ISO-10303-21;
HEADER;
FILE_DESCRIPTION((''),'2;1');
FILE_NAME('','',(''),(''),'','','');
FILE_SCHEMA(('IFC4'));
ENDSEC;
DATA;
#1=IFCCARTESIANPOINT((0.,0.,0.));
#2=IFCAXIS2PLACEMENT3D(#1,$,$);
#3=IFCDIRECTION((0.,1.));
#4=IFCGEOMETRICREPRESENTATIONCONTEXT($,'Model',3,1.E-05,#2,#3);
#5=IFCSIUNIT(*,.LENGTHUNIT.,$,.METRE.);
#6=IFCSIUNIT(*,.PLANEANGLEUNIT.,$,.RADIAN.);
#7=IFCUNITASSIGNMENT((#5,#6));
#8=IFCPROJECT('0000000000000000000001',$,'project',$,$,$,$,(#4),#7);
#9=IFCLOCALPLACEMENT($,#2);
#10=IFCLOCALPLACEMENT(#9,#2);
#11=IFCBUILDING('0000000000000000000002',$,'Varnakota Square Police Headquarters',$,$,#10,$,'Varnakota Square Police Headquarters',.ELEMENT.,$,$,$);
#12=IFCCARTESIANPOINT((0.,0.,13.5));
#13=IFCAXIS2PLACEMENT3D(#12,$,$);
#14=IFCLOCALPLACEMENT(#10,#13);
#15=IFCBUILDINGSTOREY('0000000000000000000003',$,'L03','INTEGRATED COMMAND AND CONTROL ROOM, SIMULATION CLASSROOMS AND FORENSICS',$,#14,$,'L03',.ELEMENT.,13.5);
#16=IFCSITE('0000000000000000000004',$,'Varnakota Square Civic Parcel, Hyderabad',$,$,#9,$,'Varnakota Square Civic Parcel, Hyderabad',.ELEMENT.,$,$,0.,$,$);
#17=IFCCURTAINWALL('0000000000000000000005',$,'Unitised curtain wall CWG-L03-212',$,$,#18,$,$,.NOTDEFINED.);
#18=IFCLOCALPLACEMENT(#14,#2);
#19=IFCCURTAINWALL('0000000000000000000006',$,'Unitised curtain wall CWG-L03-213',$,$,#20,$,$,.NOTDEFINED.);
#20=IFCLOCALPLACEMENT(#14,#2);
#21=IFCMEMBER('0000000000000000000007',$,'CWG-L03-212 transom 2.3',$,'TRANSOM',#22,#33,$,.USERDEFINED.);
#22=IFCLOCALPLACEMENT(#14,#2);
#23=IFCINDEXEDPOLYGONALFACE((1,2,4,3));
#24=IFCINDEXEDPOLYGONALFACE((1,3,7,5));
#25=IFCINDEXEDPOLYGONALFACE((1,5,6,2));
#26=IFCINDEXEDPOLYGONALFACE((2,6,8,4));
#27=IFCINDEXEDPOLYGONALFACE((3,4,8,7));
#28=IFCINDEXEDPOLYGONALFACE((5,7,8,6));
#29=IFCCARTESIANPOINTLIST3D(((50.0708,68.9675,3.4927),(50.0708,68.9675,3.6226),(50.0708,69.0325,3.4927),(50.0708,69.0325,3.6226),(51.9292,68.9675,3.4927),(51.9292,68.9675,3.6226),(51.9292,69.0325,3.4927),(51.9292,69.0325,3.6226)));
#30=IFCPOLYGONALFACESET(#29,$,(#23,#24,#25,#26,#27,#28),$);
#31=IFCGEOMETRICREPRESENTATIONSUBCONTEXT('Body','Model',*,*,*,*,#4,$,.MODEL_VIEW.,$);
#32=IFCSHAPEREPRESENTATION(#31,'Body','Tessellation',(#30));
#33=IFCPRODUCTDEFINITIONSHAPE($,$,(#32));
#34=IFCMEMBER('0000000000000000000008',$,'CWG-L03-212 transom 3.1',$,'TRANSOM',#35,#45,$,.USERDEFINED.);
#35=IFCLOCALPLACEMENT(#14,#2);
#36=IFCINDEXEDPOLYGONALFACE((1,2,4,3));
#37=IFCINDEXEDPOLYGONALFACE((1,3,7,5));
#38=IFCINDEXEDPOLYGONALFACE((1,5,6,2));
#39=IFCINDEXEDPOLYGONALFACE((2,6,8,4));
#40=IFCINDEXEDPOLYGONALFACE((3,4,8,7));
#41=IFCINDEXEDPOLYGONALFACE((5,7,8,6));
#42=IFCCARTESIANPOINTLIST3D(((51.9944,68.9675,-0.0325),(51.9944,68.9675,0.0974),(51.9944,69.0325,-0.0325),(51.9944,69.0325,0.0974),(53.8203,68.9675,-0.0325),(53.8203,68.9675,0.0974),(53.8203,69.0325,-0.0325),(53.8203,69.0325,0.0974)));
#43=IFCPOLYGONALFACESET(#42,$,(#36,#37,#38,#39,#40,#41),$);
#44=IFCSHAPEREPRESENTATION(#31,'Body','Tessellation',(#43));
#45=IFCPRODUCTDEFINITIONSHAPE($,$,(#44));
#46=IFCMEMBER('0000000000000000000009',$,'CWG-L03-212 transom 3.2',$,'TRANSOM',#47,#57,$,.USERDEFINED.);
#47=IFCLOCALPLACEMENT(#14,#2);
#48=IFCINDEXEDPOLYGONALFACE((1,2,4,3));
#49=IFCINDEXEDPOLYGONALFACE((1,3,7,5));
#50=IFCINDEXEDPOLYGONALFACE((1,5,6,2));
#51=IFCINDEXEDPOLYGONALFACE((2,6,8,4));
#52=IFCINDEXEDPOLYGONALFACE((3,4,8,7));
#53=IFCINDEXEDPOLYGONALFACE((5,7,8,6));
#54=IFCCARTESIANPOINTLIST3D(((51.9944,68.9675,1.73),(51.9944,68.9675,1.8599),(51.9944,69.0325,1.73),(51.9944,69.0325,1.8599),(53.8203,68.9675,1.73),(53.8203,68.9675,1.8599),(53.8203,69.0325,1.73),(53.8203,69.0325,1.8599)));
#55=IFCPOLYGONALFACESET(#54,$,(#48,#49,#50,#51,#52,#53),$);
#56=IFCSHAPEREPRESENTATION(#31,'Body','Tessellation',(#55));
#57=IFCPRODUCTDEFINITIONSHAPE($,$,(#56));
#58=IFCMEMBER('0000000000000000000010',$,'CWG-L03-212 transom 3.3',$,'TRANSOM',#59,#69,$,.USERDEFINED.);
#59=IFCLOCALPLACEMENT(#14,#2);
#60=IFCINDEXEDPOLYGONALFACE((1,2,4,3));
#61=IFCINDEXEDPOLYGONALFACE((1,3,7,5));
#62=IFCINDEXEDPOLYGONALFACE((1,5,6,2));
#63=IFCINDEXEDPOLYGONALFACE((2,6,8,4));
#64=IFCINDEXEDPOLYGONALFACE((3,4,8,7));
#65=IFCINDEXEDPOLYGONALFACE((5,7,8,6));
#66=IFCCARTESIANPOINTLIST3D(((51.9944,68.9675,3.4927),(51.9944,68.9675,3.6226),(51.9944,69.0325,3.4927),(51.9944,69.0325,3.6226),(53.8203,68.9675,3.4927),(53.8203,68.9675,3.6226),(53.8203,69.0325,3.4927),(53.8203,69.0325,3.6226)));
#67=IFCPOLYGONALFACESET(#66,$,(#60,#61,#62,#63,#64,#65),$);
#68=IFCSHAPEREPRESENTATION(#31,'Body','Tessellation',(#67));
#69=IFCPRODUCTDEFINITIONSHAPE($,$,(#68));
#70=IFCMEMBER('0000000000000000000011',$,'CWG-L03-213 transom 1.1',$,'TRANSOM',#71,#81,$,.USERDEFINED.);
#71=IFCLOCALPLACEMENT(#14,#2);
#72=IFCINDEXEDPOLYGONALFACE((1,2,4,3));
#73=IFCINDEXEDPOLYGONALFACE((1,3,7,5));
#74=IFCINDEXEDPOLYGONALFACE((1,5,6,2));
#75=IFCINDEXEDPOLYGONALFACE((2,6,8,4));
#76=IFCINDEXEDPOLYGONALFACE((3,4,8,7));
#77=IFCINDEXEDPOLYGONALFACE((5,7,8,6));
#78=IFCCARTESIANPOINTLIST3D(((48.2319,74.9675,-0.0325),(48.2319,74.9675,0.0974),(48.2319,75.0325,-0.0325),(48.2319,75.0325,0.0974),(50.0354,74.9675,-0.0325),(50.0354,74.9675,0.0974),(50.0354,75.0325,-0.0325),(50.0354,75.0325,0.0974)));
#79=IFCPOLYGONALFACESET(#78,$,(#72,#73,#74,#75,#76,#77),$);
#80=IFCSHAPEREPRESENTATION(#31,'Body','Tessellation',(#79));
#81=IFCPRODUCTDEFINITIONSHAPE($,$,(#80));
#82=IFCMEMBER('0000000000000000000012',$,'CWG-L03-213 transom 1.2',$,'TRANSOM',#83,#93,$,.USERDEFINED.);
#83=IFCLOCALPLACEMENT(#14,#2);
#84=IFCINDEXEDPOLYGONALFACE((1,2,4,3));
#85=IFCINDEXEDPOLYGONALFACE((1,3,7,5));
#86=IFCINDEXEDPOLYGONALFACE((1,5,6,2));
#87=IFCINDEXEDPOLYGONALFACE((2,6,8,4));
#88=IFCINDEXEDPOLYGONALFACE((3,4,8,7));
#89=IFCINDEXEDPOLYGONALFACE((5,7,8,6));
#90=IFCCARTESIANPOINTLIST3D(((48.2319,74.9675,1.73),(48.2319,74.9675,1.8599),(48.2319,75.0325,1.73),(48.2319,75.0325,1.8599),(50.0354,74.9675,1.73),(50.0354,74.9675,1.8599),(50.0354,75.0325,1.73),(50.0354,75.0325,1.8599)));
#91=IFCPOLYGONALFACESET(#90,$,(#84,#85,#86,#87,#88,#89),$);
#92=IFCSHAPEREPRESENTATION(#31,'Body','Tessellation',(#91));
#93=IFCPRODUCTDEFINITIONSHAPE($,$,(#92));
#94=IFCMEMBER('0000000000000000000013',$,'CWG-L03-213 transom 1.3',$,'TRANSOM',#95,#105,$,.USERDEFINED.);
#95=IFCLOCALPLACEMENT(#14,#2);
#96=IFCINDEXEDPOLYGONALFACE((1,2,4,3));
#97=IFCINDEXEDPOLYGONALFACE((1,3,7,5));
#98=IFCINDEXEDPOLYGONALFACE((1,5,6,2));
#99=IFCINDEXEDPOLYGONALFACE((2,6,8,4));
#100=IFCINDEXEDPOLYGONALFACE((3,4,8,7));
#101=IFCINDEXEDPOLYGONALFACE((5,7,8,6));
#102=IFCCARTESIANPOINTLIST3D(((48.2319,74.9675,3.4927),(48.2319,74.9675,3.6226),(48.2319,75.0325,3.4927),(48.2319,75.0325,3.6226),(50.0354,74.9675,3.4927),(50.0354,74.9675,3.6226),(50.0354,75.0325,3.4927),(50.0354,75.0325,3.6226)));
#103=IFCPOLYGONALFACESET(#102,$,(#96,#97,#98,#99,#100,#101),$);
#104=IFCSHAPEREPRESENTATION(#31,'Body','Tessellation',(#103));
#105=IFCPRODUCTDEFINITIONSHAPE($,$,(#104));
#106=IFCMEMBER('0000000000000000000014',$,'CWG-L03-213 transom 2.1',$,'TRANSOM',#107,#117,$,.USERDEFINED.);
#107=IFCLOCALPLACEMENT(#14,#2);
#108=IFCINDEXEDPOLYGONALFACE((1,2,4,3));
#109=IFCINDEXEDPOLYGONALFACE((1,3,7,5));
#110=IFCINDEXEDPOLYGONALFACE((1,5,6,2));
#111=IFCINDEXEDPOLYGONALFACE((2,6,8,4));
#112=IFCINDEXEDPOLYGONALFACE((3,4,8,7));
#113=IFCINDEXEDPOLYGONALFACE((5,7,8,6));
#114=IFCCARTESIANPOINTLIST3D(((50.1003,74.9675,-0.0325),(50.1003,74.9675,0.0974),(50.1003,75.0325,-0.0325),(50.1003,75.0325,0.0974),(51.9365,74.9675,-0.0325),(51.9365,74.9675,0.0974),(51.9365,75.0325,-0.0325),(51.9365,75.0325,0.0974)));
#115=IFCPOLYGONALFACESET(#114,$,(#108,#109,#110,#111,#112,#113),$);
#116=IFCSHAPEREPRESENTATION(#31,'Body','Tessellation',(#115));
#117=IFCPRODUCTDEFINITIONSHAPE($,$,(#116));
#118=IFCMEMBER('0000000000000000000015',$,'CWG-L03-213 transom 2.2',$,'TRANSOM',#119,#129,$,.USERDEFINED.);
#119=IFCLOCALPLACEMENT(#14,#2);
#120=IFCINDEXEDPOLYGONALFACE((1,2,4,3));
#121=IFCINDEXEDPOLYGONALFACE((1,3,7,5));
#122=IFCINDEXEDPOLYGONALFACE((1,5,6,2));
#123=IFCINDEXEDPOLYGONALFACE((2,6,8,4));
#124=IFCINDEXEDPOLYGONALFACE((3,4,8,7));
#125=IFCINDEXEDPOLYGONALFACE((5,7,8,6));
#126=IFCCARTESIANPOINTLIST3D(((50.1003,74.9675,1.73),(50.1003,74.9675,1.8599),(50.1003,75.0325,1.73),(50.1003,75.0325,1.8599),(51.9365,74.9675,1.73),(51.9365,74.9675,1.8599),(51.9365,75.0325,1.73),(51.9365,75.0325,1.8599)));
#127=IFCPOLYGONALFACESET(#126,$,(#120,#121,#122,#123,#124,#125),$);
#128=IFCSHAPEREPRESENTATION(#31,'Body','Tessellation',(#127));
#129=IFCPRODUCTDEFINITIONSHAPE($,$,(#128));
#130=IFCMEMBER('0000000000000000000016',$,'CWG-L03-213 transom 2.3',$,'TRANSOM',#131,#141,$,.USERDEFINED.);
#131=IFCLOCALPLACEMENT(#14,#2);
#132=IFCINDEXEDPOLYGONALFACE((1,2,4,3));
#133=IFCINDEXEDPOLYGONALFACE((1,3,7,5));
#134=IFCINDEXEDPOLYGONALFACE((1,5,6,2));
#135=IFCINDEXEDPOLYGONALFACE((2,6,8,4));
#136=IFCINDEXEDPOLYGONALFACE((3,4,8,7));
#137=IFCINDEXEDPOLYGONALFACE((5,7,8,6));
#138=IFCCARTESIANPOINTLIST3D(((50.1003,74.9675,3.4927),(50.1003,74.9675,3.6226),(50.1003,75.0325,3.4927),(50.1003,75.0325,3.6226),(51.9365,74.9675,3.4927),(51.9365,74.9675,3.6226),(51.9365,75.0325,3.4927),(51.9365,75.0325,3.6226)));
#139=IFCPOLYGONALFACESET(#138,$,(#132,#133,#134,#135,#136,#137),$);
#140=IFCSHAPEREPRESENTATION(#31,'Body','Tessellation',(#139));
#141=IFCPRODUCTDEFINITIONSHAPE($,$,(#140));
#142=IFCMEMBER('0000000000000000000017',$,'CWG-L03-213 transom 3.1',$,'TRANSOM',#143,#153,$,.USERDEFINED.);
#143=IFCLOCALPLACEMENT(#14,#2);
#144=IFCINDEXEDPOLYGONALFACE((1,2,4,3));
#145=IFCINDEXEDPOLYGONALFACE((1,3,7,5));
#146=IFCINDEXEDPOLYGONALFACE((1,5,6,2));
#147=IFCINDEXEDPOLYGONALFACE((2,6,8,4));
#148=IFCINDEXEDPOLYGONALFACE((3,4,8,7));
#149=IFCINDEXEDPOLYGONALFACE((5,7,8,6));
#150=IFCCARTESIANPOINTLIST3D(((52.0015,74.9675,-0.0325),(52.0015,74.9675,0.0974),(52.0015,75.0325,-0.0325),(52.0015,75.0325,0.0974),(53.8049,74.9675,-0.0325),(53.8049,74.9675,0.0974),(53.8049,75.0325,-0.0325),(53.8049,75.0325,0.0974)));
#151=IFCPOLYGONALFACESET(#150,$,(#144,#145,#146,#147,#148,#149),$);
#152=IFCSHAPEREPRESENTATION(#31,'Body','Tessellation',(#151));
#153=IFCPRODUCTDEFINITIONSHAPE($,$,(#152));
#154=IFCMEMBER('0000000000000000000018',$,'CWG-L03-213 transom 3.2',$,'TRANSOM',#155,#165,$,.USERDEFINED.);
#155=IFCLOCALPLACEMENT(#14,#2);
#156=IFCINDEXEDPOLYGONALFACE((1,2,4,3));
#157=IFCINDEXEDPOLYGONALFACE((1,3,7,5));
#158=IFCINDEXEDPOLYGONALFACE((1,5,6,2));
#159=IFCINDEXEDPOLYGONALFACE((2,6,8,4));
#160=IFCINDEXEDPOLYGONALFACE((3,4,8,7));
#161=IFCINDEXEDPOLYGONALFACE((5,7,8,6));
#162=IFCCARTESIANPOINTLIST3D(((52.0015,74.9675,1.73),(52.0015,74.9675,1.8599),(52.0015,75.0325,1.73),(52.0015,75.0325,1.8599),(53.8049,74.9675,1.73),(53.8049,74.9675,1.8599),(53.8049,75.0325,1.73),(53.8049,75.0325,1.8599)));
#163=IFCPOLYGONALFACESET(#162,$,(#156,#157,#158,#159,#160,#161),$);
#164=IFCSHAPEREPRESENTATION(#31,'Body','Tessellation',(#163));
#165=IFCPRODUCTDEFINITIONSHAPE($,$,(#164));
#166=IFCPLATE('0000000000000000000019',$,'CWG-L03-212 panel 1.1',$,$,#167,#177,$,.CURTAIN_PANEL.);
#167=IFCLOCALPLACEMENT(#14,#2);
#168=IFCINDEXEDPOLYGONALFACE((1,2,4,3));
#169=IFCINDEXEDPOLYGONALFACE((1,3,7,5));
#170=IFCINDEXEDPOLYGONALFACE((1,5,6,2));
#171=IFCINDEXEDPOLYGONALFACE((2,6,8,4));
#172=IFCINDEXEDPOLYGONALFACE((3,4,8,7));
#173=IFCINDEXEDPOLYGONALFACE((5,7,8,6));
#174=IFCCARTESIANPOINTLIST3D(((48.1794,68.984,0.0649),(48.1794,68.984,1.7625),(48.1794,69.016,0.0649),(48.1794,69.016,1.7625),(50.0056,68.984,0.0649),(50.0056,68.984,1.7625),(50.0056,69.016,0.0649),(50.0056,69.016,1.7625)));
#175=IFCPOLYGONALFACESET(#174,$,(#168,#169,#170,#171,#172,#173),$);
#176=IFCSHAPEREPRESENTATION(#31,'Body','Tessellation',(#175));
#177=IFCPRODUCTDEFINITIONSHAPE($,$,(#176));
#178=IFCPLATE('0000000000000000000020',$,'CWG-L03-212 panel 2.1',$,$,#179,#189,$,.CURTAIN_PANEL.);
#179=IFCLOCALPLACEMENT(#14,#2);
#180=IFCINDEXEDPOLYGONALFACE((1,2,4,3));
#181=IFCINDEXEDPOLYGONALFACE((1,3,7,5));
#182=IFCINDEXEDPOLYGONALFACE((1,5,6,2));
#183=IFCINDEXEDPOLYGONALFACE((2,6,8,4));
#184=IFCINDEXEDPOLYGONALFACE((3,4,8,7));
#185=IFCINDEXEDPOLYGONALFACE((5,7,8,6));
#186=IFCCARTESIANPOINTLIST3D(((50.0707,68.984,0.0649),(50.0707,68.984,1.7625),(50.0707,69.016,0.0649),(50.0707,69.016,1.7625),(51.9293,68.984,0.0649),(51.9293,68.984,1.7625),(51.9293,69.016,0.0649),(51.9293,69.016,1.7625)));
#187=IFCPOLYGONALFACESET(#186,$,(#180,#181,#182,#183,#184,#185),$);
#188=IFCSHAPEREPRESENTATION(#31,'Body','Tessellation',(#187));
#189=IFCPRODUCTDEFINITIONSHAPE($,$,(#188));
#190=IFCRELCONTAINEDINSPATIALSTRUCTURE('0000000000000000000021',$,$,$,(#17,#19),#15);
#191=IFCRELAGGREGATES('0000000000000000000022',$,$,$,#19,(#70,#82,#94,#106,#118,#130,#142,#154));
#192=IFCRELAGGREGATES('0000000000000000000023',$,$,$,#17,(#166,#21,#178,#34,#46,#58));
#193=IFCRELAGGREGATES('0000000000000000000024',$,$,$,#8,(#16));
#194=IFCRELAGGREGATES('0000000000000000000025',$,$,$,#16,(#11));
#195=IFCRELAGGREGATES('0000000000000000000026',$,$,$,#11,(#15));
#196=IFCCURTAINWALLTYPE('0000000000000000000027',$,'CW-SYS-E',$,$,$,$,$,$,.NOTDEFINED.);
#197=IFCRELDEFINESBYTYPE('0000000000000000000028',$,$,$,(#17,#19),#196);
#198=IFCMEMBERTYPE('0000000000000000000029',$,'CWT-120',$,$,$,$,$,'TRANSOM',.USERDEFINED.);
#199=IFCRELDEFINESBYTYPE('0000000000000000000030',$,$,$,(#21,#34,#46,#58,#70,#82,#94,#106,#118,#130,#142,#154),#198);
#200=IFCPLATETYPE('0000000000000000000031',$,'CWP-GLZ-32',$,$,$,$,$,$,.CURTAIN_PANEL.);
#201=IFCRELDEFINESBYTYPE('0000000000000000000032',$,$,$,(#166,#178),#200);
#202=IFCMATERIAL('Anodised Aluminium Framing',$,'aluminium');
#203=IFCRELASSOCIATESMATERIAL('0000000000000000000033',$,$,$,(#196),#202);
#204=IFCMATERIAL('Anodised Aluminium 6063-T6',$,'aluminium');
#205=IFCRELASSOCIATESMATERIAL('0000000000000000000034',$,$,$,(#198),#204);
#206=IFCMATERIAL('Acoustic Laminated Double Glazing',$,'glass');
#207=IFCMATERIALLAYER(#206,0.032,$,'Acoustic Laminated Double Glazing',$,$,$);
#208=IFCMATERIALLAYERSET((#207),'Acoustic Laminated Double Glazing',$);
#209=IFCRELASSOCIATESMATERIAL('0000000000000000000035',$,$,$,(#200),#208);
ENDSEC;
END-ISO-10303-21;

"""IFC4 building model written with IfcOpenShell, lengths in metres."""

from ifc_helpers import new_model, si_unit, direction, frame, origin, origin_2d, place, context, subcontext, project, spatial, rectangle, extrude, material, layer, layer_set, material_profile, profile_set, type_object, element, aggregate, save


model = new_model("IFC4")

# Units and contexts
model_context = context("Model", 3, precision=1e-05, world=origin(), true_north=direction((0.0, 1.0)))
body_context = subcontext(model_context, "Body", "Model", "MODEL_VIEW")
ifc_project = project(units=[si_unit("LENGTHUNIT", "METRE"), si_unit("PLANEANGLEUNIT", "RADIAN")], contexts=[model_context])

# Site, building, storey
site_placement = place(None, origin())
site = spatial("IfcSite", under=ifc_project, at=site_placement, Name="Varnakota Square Civic Parcel, Hyderabad", LongName="Varnakota Square Civic Parcel, Hyderabad", CompositionType="ELEMENT", RefElevation=0.0)
building_placement = place(site_placement, origin())
building = spatial("IfcBuilding", under=site, at=building_placement, Name="Varnakota Square Police Headquarters", LongName="Varnakota Square Police Headquarters", CompositionType="ELEMENT")
storey_placement = place(building_placement, frame((0.0, 0.0, 13.5)))
storey = spatial("IfcBuildingStorey", under=building, at=storey_placement, Name="L03", Description="INTEGRATED COMMAND AND CONTROL ROOM, SIMULATION CLASSROOMS AND FORENSICS", LongName="L03", CompositionType="ELEMENT", Elevation=13.5)

# Curtain walls
ifc_material_1 = material(Name="Anodised Aluminium Framing", Category="aluminium")
curtain_wall_type = type_object("IfcCurtainWallType", Name="CW-SYS-E", PredefinedType="NOTDEFINED", material=ifc_material_1)
curtain_wall_1_placement = place(storey_placement, origin())
curtain_wall_1 = element("IfcCurtainWall", 1, at=curtain_wall_1_placement, inside=storey, type_object=curtain_wall_type, Name="Unitised curtain wall CWG-L03-212", PredefinedType="NOTDEFINED")
ifc_material_2 = material(Name="Anodised Aluminium 6063-T6", Category="aluminium")
curtain_wall_2_placement = place(storey_placement, origin())
curtain_wall_2 = element("IfcCurtainWall", 2, at=curtain_wall_2_placement, inside=storey, type_object=curtain_wall_type, Name="Unitised curtain wall CWG-L03-213", PredefinedType="NOTDEFINED")

# Members
ifc_material_profile_1 = material_profile(ifc_material_2, rectangle(XDim=0.0649, YDim=0.1299, at=origin_2d()), Name="ALU TRANSOM 65x130")
ifc_profile_set_1 = profile_set([ifc_material_profile_1], Name="Anodised Aluminium 6063-T6")
member_type_1 = type_object("IfcMemberType", Name="CWT-120", ElementType="TRANSOM", PredefinedType="USERDEFINED", material=ifc_profile_set_1)
member_1_placement = place(storey_placement, frame((50.0708, 69.0, 3.5576), z_axis=(1.0, 0.0, 0.0), x_axis=(0.0, 1.0, 0.0)))
member_1 = element("IfcMember", 3, at=member_1_placement, type_object=member_type_1, Name="CWG-L03-212 transom 2.3", ObjectType="TRANSOM", PredefinedType="USERDEFINED", context=body_context, shape_type="SweptSolid", body=[
    extrude(rectangle(XDim=0.0649, YDim=0.1299, at=origin_2d()), origin(), (0.0, 0.0, 1.0), 1.8584),
])
member_2_placement = place(storey_placement, frame((51.9944, 69.0, 0.0325), z_axis=(1.0, 0.0, 0.0), x_axis=(0.0, 1.0, 0.0)))
member_2 = element("IfcMember", 4, at=member_2_placement, type_object=member_type_1, Name="CWG-L03-212 transom 3.1", ObjectType="TRANSOM", PredefinedType="USERDEFINED", context=body_context, shape_type="SweptSolid", body=[
    extrude(rectangle(XDim=0.0649, YDim=0.1299, at=origin_2d()), origin(), (0.0, 0.0, 1.0), 1.8259),
])
member_3_placement = place(storey_placement, frame((51.9944, 69.0, 1.7949), z_axis=(1.0, 0.0, 0.0), x_axis=(0.0, 1.0, 0.0)))
member_3 = element("IfcMember", 5, at=member_3_placement, type_object=member_type_1, Name="CWG-L03-212 transom 3.2", ObjectType="TRANSOM", PredefinedType="USERDEFINED", context=body_context, shape_type="SweptSolid", body=[
    extrude(rectangle(XDim=0.0649, YDim=0.1299, at=origin_2d()), origin(), (0.0, 0.0, 1.0), 1.8259),
])
member_4_placement = place(storey_placement, frame((51.9944, 69.0, 3.5576), z_axis=(1.0, 0.0, 0.0), x_axis=(0.0, 1.0, 0.0)))
member_4 = element("IfcMember", 6, at=member_4_placement, type_object=member_type_1, Name="CWG-L03-212 transom 3.3", ObjectType="TRANSOM", PredefinedType="USERDEFINED", context=body_context, shape_type="SweptSolid", body=[
    extrude(rectangle(XDim=0.0649, YDim=0.1299, at=origin_2d()), origin(), (0.0, 0.0, 1.0), 1.8259),
])
member_5_placement = place(storey_placement, frame((48.2319, 75.0, 0.0325), z_axis=(1.0, 0.0, 0.0), x_axis=(0.0, 1.0, 0.0)))
member_5 = element("IfcMember", 7, at=member_5_placement, type_object=member_type_1, Name="CWG-L03-213 transom 1.1", ObjectType="TRANSOM", PredefinedType="USERDEFINED", context=body_context, shape_type="SweptSolid", body=[
    extrude(rectangle(XDim=0.0649, YDim=0.1299, at=origin_2d()), origin(), (0.0, 0.0, 1.0), 1.8035),
])
member_6_placement = place(storey_placement, frame((48.2319, 75.0, 1.7949), z_axis=(1.0, 0.0, 0.0), x_axis=(0.0, 1.0, 0.0)))
member_6 = element("IfcMember", 8, at=member_6_placement, type_object=member_type_1, Name="CWG-L03-213 transom 1.2", ObjectType="TRANSOM", PredefinedType="USERDEFINED", context=body_context, shape_type="SweptSolid", body=[
    extrude(rectangle(XDim=0.0649, YDim=0.1299, at=origin_2d()), origin(), (0.0, 0.0, 1.0), 1.8035),
])
member_7_placement = place(storey_placement, frame((48.2319, 75.0, 3.5576), z_axis=(1.0, 0.0, 0.0), x_axis=(0.0, 1.0, 0.0)))
member_7 = element("IfcMember", 9, at=member_7_placement, type_object=member_type_1, Name="CWG-L03-213 transom 1.3", ObjectType="TRANSOM", PredefinedType="USERDEFINED", context=body_context, shape_type="SweptSolid", body=[
    extrude(rectangle(XDim=0.0649, YDim=0.1299, at=origin_2d()), origin(), (0.0, 0.0, 1.0), 1.8035),
])
member_8_placement = place(storey_placement, frame((50.1003, 75.0, 0.0325), z_axis=(1.0, 0.0, 0.0), x_axis=(0.0, 1.0, 0.0)))
member_8 = element("IfcMember", 10, at=member_8_placement, type_object=member_type_1, Name="CWG-L03-213 transom 2.1", ObjectType="TRANSOM", PredefinedType="USERDEFINED", context=body_context, shape_type="SweptSolid", body=[
    extrude(rectangle(XDim=0.0649, YDim=0.1299, at=origin_2d()), origin(), (0.0, 0.0, 1.0), 1.8362),
])
member_9_placement = place(storey_placement, frame((50.1003, 75.0, 1.7949), z_axis=(1.0, 0.0, 0.0), x_axis=(0.0, 1.0, 0.0)))
member_9 = element("IfcMember", 11, at=member_9_placement, type_object=member_type_1, Name="CWG-L03-213 transom 2.2", ObjectType="TRANSOM", PredefinedType="USERDEFINED", context=body_context, shape_type="SweptSolid", body=[
    extrude(rectangle(XDim=0.0649, YDim=0.1299, at=origin_2d()), origin(), (0.0, 0.0, 1.0), 1.8362),
])
member_10_placement = place(storey_placement, frame((50.1003, 75.0, 3.5576), z_axis=(1.0, 0.0, 0.0), x_axis=(0.0, 1.0, 0.0)))
member_10 = element("IfcMember", 12, at=member_10_placement, type_object=member_type_1, Name="CWG-L03-213 transom 2.3", ObjectType="TRANSOM", PredefinedType="USERDEFINED", context=body_context, shape_type="SweptSolid", body=[
    extrude(rectangle(XDim=0.0649, YDim=0.1299, at=origin_2d()), origin(), (0.0, 0.0, 1.0), 1.8362),
])
member_11_placement = place(storey_placement, frame((52.0015, 75.0, 0.0325), z_axis=(1.0, 0.0, 0.0), x_axis=(0.0, 1.0, 0.0)))
member_11 = element("IfcMember", 13, at=member_11_placement, type_object=member_type_1, Name="CWG-L03-213 transom 3.1", ObjectType="TRANSOM", PredefinedType="USERDEFINED", context=body_context, shape_type="SweptSolid", body=[
    extrude(rectangle(XDim=0.0649, YDim=0.1299, at=origin_2d()), origin(), (0.0, 0.0, 1.0), 1.8035),
])
member_12_placement = place(storey_placement, frame((52.0015, 75.0, 1.7949), z_axis=(1.0, 0.0, 0.0), x_axis=(0.0, 1.0, 0.0)))
member_12 = element("IfcMember", 14, at=member_12_placement, type_object=member_type_1, Name="CWG-L03-213 transom 3.2", ObjectType="TRANSOM", PredefinedType="USERDEFINED", context=body_context, shape_type="SweptSolid", body=[
    extrude(rectangle(XDim=0.0649, YDim=0.1299, at=origin_2d()), origin(), (0.0, 0.0, 1.0), 1.8035),
])

# Plates
ifc_material_3 = material(Name="Acoustic Laminated Double Glazing", Category="glass")
ifc_layer_1 = layer(ifc_material_3, 0.032, Name="Acoustic Laminated Double Glazing")
ifc_layer_set_1 = layer_set([ifc_layer_1], Name="Acoustic Laminated Double Glazing")
plate_type_1 = type_object("IfcPlateType", Name="CWP-GLZ-32", PredefinedType="CURTAIN_PANEL", material=ifc_layer_set_1)
plate_1_placement = place(storey_placement, frame((49.0925, 69.0, 0.0649), z_axis=(0.0, 0.0, 1.0), x_axis=(1.0, 0.0, 0.0)))
plate_1 = element("IfcPlate", 15, at=plate_1_placement, type_object=plate_type_1, Name="CWG-L03-212 panel 1.1", PredefinedType="CURTAIN_PANEL", context=body_context, shape_type="SweptSolid", body=[
    extrude(rectangle(XDim=1.8262, YDim=0.032, at=origin_2d()), origin(), (0.0, 0.0, 1.0), 1.6975),
])
plate_2_placement = place(storey_placement, frame((51.0, 69.0, 0.0649), z_axis=(0.0, 0.0, 1.0), x_axis=(1.0, 0.0, 0.0)))
plate_2 = element("IfcPlate", 16, at=plate_2_placement, type_object=plate_type_1, Name="CWG-L03-212 panel 2.1", PredefinedType="CURTAIN_PANEL", context=body_context, shape_type="SweptSolid", body=[
    extrude(rectangle(XDim=1.8586, YDim=0.032, at=origin_2d()), origin(), (0.0, 0.0, 1.0), 1.6975),
])
aggregate(curtain_wall_2, [member_5, member_6, member_7, member_8, member_9, member_10, member_11, member_12])
aggregate(curtain_wall_1, [plate_1, member_1, plate_2, member_2, member_3, member_4])

save(model, "model.ifc")
